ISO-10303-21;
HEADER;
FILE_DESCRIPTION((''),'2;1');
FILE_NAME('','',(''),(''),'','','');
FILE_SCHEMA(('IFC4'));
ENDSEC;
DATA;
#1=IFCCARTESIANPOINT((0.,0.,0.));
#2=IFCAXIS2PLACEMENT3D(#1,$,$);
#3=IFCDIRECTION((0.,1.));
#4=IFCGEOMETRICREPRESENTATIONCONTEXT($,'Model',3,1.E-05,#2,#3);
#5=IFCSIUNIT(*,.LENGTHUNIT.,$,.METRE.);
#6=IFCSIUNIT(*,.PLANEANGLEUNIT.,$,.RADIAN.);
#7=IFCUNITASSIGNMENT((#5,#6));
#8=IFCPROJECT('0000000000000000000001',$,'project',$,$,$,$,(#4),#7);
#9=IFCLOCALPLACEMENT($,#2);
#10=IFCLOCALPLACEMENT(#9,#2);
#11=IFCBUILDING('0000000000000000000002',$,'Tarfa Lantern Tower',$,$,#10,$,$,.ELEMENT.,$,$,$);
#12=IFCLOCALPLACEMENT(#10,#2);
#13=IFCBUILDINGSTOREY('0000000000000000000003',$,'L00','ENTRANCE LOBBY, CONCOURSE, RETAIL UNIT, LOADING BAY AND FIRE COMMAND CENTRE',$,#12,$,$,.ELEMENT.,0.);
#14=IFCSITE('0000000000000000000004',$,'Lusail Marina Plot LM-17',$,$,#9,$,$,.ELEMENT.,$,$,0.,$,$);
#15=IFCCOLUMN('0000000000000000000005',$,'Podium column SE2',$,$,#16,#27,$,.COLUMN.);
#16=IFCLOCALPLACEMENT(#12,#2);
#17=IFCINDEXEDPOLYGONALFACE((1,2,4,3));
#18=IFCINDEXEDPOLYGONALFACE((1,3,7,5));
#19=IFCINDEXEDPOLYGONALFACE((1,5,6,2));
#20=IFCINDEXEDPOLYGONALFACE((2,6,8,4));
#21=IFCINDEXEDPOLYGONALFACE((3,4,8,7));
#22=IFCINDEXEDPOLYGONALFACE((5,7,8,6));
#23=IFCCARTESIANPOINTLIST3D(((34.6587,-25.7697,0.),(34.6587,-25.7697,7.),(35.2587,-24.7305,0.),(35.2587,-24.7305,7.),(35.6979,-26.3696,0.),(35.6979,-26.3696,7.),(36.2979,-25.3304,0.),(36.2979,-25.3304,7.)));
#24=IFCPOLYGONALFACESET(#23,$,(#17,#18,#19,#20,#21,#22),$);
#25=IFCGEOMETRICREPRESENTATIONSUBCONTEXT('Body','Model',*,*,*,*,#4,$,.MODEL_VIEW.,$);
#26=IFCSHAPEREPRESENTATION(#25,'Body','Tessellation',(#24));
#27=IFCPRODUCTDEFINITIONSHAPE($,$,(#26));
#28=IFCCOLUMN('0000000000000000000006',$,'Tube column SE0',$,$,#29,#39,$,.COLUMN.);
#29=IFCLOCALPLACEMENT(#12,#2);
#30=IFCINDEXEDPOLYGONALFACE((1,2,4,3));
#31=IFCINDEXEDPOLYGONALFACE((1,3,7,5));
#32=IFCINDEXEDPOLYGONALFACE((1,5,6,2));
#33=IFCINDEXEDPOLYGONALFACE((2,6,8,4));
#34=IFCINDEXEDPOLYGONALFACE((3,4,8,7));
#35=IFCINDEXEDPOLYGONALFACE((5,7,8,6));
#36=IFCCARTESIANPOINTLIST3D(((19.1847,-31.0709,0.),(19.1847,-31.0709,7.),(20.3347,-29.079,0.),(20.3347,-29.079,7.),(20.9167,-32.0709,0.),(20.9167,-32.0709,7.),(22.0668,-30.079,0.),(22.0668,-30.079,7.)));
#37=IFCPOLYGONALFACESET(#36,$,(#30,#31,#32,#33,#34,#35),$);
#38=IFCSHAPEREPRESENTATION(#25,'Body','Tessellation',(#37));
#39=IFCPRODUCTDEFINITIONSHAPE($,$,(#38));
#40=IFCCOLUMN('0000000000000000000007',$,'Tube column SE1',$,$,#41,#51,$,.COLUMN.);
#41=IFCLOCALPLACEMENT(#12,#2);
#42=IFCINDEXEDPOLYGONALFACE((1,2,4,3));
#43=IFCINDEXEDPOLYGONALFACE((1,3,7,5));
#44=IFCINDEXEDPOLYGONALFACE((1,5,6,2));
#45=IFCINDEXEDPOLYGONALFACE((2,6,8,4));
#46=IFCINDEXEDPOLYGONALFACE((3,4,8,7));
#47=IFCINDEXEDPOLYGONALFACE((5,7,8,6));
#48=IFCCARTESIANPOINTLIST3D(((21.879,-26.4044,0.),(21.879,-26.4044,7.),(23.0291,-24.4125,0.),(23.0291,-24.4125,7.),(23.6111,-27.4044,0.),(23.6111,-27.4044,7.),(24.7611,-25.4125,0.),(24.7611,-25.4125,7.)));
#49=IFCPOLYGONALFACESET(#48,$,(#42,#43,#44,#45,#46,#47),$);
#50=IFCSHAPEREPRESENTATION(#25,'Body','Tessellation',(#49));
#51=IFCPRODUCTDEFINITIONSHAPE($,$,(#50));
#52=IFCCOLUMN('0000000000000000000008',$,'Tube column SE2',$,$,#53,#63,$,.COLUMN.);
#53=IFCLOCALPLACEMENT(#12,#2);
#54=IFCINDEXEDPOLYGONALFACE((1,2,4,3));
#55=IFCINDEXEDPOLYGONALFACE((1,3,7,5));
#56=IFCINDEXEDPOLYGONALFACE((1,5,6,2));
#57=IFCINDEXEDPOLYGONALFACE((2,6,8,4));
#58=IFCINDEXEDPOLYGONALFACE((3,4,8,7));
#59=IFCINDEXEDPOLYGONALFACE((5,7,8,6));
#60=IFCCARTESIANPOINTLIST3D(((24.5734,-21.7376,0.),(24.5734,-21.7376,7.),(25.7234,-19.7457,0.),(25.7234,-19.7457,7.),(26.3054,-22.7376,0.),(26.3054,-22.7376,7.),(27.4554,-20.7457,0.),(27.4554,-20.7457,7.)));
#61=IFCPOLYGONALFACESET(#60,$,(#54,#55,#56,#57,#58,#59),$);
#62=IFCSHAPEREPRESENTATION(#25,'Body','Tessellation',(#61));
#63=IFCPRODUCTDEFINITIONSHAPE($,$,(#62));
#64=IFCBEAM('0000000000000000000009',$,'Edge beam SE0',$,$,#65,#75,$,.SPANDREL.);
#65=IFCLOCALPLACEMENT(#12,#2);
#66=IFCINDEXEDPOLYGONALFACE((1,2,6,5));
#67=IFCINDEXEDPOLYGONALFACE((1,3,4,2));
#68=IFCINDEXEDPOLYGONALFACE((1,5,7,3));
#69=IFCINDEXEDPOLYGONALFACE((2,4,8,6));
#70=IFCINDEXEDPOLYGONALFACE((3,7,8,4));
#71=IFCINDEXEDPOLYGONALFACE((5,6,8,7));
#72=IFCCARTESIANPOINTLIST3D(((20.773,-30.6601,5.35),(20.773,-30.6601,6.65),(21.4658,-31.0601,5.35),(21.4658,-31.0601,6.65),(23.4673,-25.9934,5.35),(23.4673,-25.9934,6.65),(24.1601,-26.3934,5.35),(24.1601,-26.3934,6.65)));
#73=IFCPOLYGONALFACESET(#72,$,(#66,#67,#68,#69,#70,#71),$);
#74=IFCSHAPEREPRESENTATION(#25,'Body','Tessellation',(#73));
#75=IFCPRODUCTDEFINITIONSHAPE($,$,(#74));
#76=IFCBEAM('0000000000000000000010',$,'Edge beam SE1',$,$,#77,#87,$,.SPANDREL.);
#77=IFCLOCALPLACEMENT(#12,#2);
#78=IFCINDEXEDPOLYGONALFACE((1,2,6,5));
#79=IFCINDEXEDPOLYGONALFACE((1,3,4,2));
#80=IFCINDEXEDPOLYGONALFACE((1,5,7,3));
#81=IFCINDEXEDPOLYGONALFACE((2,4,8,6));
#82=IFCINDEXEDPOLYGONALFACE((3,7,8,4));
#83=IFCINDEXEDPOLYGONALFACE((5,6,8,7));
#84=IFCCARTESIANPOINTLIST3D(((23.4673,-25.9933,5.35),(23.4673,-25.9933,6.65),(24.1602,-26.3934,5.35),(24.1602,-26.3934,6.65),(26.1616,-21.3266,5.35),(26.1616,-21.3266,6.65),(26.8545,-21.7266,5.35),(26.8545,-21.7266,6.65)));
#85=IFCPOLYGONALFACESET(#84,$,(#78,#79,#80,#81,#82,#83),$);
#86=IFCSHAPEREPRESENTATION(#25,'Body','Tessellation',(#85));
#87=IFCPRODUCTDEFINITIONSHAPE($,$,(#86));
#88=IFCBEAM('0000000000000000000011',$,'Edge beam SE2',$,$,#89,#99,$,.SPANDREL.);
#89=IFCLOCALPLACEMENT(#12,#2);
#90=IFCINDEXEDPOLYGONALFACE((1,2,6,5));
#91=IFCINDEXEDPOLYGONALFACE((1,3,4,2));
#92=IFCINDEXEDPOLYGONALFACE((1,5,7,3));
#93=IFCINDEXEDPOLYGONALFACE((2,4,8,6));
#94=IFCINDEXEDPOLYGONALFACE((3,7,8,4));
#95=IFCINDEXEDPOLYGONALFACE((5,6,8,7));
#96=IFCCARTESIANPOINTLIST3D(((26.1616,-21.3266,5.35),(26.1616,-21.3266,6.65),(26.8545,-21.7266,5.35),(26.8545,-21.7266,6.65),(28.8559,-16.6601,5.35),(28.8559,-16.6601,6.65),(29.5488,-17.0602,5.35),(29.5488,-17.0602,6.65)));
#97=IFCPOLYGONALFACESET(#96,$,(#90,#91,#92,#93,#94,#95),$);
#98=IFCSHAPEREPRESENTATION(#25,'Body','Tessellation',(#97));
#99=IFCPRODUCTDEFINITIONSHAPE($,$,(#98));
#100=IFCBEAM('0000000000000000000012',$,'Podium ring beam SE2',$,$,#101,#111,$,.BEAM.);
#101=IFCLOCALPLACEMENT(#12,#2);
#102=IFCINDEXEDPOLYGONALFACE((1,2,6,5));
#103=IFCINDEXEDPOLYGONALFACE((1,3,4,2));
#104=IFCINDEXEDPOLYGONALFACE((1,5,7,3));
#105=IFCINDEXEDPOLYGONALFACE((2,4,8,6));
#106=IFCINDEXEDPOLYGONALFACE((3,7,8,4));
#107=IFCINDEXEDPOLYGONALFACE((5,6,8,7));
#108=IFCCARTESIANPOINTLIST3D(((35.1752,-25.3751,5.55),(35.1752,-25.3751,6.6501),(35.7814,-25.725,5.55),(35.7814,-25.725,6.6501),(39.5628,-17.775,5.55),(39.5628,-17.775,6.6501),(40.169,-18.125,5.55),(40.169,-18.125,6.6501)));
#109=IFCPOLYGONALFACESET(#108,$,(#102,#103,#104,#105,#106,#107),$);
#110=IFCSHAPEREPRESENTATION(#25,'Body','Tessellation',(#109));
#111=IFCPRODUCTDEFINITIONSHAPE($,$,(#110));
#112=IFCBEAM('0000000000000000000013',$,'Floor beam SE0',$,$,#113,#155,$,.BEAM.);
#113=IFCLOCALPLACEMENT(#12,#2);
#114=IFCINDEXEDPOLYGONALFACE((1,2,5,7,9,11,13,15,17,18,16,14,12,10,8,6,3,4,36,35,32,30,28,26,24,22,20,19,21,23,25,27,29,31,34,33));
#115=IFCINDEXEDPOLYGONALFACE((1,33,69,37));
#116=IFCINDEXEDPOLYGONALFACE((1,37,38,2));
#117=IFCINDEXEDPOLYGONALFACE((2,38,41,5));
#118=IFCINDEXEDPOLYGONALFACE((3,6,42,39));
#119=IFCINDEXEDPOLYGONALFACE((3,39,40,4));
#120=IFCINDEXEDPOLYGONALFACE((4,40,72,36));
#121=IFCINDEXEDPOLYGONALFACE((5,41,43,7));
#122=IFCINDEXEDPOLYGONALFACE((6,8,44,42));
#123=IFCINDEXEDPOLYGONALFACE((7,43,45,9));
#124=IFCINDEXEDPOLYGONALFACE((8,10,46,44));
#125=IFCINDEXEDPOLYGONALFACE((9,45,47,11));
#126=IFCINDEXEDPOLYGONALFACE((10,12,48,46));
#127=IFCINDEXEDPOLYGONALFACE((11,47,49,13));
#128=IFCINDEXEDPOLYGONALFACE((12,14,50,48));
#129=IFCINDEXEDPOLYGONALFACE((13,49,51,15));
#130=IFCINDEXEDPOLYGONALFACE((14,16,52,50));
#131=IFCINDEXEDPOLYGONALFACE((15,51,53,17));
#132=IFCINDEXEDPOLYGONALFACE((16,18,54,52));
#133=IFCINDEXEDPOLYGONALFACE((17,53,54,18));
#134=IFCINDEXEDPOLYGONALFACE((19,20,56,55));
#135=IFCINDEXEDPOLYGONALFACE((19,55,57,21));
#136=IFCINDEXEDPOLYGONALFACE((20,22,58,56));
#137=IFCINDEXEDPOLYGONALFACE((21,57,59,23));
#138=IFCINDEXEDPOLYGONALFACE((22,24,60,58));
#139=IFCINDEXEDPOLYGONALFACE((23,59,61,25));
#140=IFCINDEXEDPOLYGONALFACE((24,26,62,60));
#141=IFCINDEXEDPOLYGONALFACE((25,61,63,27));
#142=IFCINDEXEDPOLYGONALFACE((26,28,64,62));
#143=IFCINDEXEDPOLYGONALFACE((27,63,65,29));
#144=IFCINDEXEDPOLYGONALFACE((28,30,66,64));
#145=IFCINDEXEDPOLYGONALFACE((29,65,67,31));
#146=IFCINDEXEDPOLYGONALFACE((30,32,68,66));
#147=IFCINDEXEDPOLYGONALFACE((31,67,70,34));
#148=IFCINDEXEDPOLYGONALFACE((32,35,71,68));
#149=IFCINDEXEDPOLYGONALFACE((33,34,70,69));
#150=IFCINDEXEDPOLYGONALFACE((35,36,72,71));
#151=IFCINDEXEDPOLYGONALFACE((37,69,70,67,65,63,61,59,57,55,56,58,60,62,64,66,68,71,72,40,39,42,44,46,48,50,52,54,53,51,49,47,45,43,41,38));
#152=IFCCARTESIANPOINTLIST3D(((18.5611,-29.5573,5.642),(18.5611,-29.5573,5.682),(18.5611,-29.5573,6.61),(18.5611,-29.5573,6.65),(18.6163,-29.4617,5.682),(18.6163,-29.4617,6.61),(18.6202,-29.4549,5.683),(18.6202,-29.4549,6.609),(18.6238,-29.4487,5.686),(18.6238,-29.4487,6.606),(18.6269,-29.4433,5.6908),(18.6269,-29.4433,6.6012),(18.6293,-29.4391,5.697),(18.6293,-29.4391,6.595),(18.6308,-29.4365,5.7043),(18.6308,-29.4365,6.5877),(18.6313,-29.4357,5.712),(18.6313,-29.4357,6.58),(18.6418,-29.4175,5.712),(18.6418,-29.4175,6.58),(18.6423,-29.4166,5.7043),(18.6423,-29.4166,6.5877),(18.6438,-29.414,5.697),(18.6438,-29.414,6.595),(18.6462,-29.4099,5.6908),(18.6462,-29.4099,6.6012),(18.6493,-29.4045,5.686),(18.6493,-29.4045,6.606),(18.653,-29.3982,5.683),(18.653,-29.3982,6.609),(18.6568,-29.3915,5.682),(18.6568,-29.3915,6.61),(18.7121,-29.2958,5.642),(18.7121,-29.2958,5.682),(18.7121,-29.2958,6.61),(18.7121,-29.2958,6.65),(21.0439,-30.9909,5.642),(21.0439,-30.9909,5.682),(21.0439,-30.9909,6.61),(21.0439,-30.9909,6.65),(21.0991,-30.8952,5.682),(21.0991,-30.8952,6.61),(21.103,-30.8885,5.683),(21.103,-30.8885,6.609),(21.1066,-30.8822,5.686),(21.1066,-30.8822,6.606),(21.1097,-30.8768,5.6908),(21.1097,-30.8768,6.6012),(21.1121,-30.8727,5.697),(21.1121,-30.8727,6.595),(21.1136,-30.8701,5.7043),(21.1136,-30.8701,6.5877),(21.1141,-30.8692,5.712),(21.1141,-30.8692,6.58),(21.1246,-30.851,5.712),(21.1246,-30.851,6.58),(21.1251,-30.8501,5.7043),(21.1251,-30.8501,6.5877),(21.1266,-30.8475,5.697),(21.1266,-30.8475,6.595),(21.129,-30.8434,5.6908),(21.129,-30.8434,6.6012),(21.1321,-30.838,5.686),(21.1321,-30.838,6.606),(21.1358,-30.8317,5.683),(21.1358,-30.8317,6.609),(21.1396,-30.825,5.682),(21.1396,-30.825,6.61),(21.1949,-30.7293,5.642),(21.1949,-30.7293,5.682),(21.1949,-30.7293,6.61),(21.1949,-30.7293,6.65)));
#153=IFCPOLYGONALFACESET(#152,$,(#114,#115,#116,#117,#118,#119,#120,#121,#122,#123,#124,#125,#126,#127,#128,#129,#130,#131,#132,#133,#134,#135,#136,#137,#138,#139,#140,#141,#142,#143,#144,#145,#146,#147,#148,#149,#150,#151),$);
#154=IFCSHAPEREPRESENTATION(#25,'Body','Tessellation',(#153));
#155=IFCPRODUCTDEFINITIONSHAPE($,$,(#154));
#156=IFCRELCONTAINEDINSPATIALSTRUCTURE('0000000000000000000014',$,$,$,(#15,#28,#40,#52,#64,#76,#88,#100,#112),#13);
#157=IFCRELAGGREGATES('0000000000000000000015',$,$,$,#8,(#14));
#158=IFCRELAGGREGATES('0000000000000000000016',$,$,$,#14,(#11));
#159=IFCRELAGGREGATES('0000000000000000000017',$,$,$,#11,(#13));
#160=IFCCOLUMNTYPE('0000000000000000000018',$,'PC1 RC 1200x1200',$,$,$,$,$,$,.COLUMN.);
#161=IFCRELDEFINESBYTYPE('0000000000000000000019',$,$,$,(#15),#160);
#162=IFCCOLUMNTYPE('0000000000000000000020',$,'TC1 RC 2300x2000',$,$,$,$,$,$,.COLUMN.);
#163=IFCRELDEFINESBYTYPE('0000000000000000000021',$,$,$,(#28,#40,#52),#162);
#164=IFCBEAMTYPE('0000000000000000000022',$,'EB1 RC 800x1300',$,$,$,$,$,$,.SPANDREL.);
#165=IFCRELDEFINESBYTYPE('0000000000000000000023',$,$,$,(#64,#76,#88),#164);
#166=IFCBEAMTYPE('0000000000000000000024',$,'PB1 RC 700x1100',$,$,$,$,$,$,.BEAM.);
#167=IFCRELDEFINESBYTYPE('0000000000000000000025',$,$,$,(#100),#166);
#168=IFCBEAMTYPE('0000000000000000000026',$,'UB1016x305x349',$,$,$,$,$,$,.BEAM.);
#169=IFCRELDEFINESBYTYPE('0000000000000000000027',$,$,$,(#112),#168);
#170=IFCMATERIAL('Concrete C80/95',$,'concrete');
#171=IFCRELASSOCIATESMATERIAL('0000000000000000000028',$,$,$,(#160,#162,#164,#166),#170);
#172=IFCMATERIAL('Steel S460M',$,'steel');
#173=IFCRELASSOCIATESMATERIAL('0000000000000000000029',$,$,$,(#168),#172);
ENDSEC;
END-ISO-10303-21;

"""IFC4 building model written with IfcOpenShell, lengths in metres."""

from ifc_helpers import new_model, si_unit, direction, frame, origin, origin_2d, place, context, subcontext, project, spatial, rectangle, i_section, extrude, material, material_profile, profile_set, type_object, element, save


model = new_model("IFC4")

# Units and contexts
model_context = context("Model", 3, precision=1e-05, world=origin(), true_north=direction((0.0, 1.0)))
body_context = subcontext(model_context, "Body", "Model", "MODEL_VIEW")
ifc_project = project(units=[si_unit("LENGTHUNIT", "METRE"), si_unit("PLANEANGLEUNIT", "RADIAN")], contexts=[model_context])

# Site, building, storey
site_placement = place(None, origin())
site = spatial("IfcSite", under=ifc_project, at=site_placement, Name="Lusail Marina Plot LM-17", CompositionType="ELEMENT", RefElevation=0.0)
building_placement = place(site_placement, origin())
building = spatial("IfcBuilding", under=site, at=building_placement, Name="Tarfa Lantern Tower", CompositionType="ELEMENT")
storey_placement = place(building_placement, origin())
storey = spatial("IfcBuildingStorey", under=building, at=storey_placement, Name="L00", Description="ENTRANCE LOBBY, CONCOURSE, RETAIL UNIT, LOADING BAY AND FIRE COMMAND CENTRE", CompositionType="ELEMENT", Elevation=0.0)

# Columns
ifc_material_1 = material(Name="Concrete C80/95", Category="concrete")
ifc_material_profile_1 = material_profile(ifc_material_1, rectangle(XDim=1.2, YDim=1.2, at=origin_2d()), Name="RC 1200x1200")
ifc_profile_set_1 = profile_set([ifc_material_profile_1], Name="Concrete C80/95")
column_type_1 = type_object("IfcColumnType", Name="PC1 RC 1200x1200", PredefinedType="COLUMN", material=ifc_profile_set_1)
column_placement = place(storey_placement, frame((35.4783, -25.55, 0.0), z_axis=(0.0, 0.0, 1.0), x_axis=(0.5, 0.866025, 0.0)))
element("IfcColumn", 1, at=column_placement, inside=storey, type_object=column_type_1, Name="Podium column SE2", PredefinedType="COLUMN", context=body_context, shape_type="SweptSolid", body=[
    extrude(rectangle(XDim=1.2, YDim=1.2, at=origin_2d()), origin(), (0.0, 0.0, 1.0), 7.0),
])
ifc_material_profile_2 = material_profile(ifc_material_1, rectangle(XDim=2.3, YDim=2.0, at=origin_2d()), Name="RC 2300x2000")
ifc_profile_set_2 = profile_set([ifc_material_profile_2], Name="Concrete C80/95")
column_type_2 = type_object("IfcColumnType", Name="TC1 RC 2300x2000", PredefinedType="COLUMN", material=ifc_profile_set_2)
for number, where, z_axis, x_axis, name in (
    (2, (20.6257, -30.575, 0.0), (0.0, 0.0, 1.0), (0.5, 0.866025, 0.0), "Tube column SE0"),
    (3, (23.3201, -25.9084, 0.0), (0.0, 0.0, 1.0), (0.5, 0.866025, 0.0), "Tube column SE1"),
    (4, (26.0144, -21.2417, 0.0), (0.0, 0.0, 1.0), (0.5, 0.866025, 0.0), "Tube column SE2"),
):
    element("IfcColumn", number, at=place(storey_placement, frame(where, z_axis=z_axis, x_axis=x_axis)), inside=storey, type_object=column_type_2, Name=name, PredefinedType="COLUMN", context=body_context, shape_type="SweptSolid", body=[
        extrude(rectangle(XDim=2.3, YDim=2.0, at=origin_2d()), origin(), (0.0, 0.0, 1.0), 7.0),
    ])

# Beams
ifc_material_profile_3 = material_profile(ifc_material_1, rectangle(XDim=0.8, YDim=1.3, at=origin_2d()), Name="RC 800x1300")
ifc_profile_set_3 = profile_set([ifc_material_profile_3], Name="Concrete C80/95")
beam_type_1 = type_object("IfcBeamType", Name="EB1 RC 800x1300", PredefinedType="SPANDREL", material=ifc_profile_set_3)
for number, where, z_axis, x_axis, name in (
    (5, (21.1194, -30.8601, 6.0), (0.499998, 0.866026, 0.0), (-0.866026, 0.499998, 0.0), "Edge beam SE0"),
    (6, (23.8137, -26.1934, 6.0), (0.499998, 0.866026, 0.0), (-0.866026, 0.499998, 0.0), "Edge beam SE1"),
):
    element("IfcBeam", number, at=place(storey_placement, frame(where, z_axis=z_axis, x_axis=x_axis)), inside=storey, type_object=beam_type_1, Name=name, PredefinedType="SPANDREL", context=body_context, shape_type="SweptSolid", body=[
        extrude(rectangle(XDim=0.8, YDim=1.3, at=origin_2d()), origin(), (0.0, 0.0, 1.0), 5.3887),
    ])
beam_1_placement = place(storey_placement, frame((26.5081, -21.5266, 6.0), z_axis=(0.500018, 0.866015, 0.0), x_axis=(-0.866015, 0.500018, 0.0)))
element("IfcBeam", 7, at=beam_1_placement, inside=storey, type_object=beam_type_1, Name="Edge beam SE2", PredefinedType="SPANDREL", context=body_context, shape_type="SweptSolid", body=[
    extrude(rectangle(XDim=0.8, YDim=1.3, at=origin_2d()), origin(), (0.0, 0.0, 1.0), 5.3884),
])
ifc_material_profile_4 = material_profile(ifc_material_1, rectangle(XDim=0.7, YDim=1.1001, at=origin_2d()), Name="RC 700x1100")
ifc_profile_set_4 = profile_set([ifc_material_profile_4], Name="Concrete C80/95")
beam_type_2 = type_object("IfcBeamType", Name="PB1 RC 700x1100", PredefinedType="BEAM", material=ifc_profile_set_4)
beam_2_placement = place(storey_placement, frame((35.4783, -25.55, 6.1001), z_axis=(0.499981, 0.866036, 0.0), x_axis=(-0.866036, 0.499981, 0.0)))
element("IfcBeam", 8, at=beam_2_placement, inside=storey, type_object=beam_type_2, Name="Podium ring beam SE2", PredefinedType="BEAM", context=body_context, shape_type="SweptSolid", body=[
    extrude(rectangle(XDim=0.7, YDim=1.1001, at=origin_2d()), origin(), (0.0, 0.0, 1.0), 8.7756),
])
ifc_material_2 = material(Name="Steel S460M", Category="steel")
ifc_material_profile_5 = material_profile(ifc_material_2, i_section(OverallWidth=0.302, OverallDepth=1.0081, WebThickness=0.021, FlangeThickness=0.04, FilletRadius=0.03, at=origin_2d()), Name="UB1016x305x349")
ifc_profile_set_5 = profile_set([ifc_material_profile_5], Name="Steel S460M")
beam_type_3 = type_object("IfcBeamType", Name="UB1016x305x349", PredefinedType="BEAM", material=ifc_profile_set_5)
beam_3_placement = place(storey_placement, frame((21.1194, -30.8601, 6.146), z_axis=(-0.866013, 0.500022, 0.0), x_axis=(-0.500022, -0.866013, 0.0)))
element("IfcBeam", 9, at=beam_3_placement, inside=storey, type_object=beam_type_3, Name="Floor beam SE0", PredefinedType="BEAM", context=body_context, shape_type="SweptSolid", body=[
    extrude(i_section(OverallWidth=0.302, OverallDepth=1.0081, WebThickness=0.021, FlangeThickness=0.04, FilletRadius=0.03, at=origin_2d()), origin(), (0.0, 0.0, 1.0), 2.8669),
])

save(model, "model.ifc")
